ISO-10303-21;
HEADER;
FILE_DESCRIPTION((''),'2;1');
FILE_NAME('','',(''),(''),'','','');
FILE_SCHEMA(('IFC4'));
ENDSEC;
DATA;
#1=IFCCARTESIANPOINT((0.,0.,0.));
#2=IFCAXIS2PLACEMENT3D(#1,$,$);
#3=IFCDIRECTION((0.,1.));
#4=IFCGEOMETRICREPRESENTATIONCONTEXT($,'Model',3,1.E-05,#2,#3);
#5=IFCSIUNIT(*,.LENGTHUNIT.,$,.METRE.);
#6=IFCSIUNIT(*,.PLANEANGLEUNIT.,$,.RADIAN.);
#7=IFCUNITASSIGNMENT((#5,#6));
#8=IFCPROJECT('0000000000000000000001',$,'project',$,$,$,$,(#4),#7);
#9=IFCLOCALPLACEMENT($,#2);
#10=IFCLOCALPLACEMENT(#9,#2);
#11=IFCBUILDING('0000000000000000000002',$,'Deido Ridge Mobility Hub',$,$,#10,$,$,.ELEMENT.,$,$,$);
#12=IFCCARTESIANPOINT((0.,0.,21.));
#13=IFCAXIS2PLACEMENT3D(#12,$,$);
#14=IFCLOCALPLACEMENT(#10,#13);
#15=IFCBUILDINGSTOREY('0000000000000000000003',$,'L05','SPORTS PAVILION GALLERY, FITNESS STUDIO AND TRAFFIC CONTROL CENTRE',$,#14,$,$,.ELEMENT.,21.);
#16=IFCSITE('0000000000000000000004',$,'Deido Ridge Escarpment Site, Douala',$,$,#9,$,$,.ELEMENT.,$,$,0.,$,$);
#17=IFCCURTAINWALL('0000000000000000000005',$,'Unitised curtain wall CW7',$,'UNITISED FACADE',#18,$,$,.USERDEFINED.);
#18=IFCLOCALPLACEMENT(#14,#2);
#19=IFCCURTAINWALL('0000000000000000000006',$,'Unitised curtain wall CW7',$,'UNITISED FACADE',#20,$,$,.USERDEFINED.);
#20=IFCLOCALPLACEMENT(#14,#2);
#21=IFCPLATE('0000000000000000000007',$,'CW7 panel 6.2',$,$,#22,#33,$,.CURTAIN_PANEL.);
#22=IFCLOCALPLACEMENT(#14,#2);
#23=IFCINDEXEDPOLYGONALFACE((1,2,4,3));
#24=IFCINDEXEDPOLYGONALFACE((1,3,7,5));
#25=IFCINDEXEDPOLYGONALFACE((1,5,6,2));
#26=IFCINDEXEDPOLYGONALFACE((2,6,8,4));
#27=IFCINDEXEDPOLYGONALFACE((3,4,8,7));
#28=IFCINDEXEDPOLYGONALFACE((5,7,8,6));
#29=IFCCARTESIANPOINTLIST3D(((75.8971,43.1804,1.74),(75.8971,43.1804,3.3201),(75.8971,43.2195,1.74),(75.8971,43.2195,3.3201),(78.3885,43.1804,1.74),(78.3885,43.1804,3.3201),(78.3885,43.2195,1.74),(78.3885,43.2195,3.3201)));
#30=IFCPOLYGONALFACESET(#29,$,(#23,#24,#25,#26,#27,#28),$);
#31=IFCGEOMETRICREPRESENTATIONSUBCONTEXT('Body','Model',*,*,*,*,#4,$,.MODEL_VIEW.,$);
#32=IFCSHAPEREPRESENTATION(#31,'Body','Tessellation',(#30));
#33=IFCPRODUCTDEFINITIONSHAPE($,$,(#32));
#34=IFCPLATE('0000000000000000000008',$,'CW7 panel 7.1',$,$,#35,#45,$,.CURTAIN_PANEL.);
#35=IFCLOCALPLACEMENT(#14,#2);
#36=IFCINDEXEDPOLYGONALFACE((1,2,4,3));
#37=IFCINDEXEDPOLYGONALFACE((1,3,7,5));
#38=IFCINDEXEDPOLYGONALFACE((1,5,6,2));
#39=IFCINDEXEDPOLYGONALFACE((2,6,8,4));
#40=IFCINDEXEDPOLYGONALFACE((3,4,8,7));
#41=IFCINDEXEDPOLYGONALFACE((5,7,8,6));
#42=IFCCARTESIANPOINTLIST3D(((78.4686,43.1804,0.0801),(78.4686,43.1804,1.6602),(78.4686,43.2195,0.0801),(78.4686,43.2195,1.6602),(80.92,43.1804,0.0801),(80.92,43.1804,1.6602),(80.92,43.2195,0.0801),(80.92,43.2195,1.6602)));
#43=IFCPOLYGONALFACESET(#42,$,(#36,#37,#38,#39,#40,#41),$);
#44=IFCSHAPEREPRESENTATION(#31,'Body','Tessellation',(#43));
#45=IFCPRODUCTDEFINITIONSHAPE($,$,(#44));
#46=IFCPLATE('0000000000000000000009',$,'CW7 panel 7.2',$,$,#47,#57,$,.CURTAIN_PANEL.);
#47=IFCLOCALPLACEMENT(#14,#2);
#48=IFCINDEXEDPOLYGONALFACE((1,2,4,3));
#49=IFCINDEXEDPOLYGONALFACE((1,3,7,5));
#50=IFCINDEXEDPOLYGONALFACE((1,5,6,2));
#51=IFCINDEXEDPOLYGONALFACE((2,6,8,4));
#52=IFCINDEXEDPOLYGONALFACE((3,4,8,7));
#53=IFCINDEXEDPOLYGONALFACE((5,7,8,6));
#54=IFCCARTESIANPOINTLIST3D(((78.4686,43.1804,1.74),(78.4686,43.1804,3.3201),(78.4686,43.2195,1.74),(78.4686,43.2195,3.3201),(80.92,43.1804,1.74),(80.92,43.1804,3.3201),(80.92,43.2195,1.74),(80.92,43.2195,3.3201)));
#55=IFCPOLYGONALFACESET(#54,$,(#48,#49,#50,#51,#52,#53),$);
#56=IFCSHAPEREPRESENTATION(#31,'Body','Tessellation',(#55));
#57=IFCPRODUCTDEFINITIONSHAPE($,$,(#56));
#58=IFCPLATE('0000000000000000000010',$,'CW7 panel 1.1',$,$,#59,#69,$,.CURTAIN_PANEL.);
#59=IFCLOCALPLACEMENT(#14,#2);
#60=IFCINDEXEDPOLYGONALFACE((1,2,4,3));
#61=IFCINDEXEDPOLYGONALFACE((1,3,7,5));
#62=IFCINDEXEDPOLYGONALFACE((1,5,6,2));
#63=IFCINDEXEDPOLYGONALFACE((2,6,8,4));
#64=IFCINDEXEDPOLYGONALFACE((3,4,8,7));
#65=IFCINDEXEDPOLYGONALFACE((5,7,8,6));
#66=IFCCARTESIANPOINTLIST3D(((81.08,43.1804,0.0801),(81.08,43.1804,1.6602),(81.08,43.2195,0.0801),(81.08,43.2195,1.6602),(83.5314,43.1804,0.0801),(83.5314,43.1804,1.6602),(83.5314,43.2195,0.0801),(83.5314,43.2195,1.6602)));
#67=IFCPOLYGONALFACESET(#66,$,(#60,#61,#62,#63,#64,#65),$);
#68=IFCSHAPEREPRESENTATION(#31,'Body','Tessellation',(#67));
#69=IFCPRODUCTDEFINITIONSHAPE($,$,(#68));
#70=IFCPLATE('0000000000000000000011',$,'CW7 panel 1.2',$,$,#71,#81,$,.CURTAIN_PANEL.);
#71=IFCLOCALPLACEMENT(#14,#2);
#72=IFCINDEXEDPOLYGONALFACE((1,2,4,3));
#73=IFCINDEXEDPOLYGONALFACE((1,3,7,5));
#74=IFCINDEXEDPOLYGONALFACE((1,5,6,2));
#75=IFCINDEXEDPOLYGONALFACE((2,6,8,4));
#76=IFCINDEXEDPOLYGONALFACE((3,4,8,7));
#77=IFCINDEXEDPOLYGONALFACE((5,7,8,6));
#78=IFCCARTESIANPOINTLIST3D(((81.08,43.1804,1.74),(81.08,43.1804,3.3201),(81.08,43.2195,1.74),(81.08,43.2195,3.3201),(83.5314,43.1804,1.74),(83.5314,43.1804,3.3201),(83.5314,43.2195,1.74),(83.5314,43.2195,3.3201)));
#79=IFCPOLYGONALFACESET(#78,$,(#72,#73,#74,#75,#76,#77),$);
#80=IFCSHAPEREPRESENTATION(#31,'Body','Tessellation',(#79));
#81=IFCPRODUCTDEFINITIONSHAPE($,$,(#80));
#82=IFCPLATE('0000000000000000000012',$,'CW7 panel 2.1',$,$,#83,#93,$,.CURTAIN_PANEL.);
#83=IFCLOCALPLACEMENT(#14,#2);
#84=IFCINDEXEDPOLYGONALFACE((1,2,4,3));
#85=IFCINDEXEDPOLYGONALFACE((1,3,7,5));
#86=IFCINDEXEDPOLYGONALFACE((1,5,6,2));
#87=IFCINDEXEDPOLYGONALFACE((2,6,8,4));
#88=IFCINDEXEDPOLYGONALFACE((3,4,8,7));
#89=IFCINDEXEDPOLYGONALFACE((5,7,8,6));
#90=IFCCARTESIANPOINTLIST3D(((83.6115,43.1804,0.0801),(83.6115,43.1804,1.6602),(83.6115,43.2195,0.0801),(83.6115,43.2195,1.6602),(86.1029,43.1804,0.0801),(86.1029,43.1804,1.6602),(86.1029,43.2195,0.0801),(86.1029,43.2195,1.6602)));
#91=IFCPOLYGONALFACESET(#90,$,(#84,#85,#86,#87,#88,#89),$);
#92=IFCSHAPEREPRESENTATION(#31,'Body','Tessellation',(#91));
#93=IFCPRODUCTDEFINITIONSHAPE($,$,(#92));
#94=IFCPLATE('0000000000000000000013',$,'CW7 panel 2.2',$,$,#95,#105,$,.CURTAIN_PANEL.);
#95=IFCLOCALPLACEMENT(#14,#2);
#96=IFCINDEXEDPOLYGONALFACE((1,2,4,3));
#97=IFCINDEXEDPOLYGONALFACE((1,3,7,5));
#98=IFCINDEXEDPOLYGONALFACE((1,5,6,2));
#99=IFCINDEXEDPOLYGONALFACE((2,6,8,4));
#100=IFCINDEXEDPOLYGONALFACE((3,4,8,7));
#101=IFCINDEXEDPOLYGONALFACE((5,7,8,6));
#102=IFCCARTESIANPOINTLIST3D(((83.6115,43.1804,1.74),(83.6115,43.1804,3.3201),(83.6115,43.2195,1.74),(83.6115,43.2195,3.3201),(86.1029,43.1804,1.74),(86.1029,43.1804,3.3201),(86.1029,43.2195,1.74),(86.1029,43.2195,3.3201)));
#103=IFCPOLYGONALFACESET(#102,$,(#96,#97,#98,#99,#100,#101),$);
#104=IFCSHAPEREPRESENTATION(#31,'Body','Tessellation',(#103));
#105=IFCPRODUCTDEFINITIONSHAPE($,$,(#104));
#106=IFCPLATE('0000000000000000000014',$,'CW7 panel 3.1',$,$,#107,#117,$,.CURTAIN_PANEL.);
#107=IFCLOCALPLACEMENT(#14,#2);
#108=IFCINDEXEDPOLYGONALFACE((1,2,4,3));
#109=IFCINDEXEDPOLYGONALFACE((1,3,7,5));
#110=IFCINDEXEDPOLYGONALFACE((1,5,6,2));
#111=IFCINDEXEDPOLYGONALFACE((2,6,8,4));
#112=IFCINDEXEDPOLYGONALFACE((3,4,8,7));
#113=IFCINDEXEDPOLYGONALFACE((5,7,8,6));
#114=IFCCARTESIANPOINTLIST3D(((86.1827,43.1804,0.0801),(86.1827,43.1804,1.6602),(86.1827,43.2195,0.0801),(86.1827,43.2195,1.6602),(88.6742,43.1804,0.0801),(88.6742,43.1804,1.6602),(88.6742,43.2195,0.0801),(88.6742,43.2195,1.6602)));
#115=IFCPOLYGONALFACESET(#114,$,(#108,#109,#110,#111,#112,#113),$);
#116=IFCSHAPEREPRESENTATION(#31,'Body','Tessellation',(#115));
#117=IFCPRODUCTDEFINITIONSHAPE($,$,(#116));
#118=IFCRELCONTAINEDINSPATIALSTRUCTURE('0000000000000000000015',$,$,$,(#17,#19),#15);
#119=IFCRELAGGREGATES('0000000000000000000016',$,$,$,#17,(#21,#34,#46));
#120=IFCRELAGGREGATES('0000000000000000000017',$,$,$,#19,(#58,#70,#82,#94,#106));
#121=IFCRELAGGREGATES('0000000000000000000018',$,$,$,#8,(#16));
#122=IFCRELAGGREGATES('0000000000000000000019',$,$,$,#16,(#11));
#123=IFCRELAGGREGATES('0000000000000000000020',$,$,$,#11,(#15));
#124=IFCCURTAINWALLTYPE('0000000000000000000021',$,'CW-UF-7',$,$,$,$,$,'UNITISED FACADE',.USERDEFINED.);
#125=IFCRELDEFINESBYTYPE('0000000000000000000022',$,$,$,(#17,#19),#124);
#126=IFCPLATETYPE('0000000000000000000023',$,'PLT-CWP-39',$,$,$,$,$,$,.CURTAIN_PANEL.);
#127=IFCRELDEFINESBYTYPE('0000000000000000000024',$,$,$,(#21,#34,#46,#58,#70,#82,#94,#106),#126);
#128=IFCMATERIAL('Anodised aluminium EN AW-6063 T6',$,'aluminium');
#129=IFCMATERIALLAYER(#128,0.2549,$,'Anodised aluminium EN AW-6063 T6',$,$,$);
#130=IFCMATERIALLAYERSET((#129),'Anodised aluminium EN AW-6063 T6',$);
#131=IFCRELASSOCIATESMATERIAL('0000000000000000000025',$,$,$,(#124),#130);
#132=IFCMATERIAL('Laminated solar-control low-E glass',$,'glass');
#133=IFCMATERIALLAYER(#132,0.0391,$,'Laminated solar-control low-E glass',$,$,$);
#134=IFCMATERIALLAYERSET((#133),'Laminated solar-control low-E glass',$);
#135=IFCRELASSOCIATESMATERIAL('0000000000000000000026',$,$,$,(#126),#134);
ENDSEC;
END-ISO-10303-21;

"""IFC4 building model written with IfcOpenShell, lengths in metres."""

from ifc_helpers import new_model, si_unit, direction, frame, origin, origin_2d, place, context, subcontext, project, spatial, rectangle, extrude, material, layer, layer_set, type_object, element, aggregate, save


model = new_model("IFC4")

# Units and contexts
model_context = context("Model", 3, precision=1e-05, world=origin(), true_north=direction((0.0, 1.0)))
body_context = subcontext(model_context, "Body", "Model", "MODEL_VIEW")
ifc_project = project(units=[si_unit("LENGTHUNIT", "METRE"), si_unit("PLANEANGLEUNIT", "RADIAN")], contexts=[model_context])

# Site, building, storey
site_placement = place(None, origin())
site = spatial("IfcSite", under=ifc_project, at=site_placement, Name="Deido Ridge Escarpment Site, Douala", CompositionType="ELEMENT", RefElevation=0.0)
building_placement = place(site_placement, origin())
building = spatial("IfcBuilding", under=site, at=building_placement, Name="Deido Ridge Mobility Hub", CompositionType="ELEMENT")
storey_placement = place(building_placement, frame((0.0, 0.0, 21.0)))
storey = spatial("IfcBuildingStorey", under=building, at=storey_placement, Name="L05", Description="SPORTS PAVILION GALLERY, FITNESS STUDIO AND TRAFFIC CONTROL CENTRE", CompositionType="ELEMENT", Elevation=21.0)

# Curtain walls
ifc_material_1 = material(Name="Anodised aluminium EN AW-6063 T6", Category="aluminium")
ifc_layer_1 = layer(ifc_material_1, 0.2549, Name="Anodised aluminium EN AW-6063 T6")
ifc_layer_set_1 = layer_set([ifc_layer_1], Name="Anodised aluminium EN AW-6063 T6")
curtain_wall_type = type_object("IfcCurtainWallType", Name="CW-UF-7", ElementType="UNITISED FACADE", PredefinedType="USERDEFINED", material=ifc_layer_set_1)
curtain_wall_1_placement = place(storey_placement, origin())
curtain_wall_1 = element("IfcCurtainWall", 1, at=curtain_wall_1_placement, inside=storey, type_object=curtain_wall_type, Name="Unitised curtain wall CW7", ObjectType="UNITISED FACADE", PredefinedType="USERDEFINED")
curtain_wall_2_placement = place(storey_placement, origin())
curtain_wall_2 = element("IfcCurtainWall", 2, at=curtain_wall_2_placement, inside=storey, type_object=curtain_wall_type, Name="Unitised curtain wall CW7", ObjectType="UNITISED FACADE", PredefinedType="USERDEFINED")

# Plates
ifc_material_2 = material(Name="Laminated solar-control low-E glass", Category="glass")
ifc_layer_2 = layer(ifc_material_2, 0.0391, Name="Laminated solar-control low-E glass")
ifc_layer_set_2 = layer_set([ifc_layer_2], Name="Laminated solar-control low-E glass")
plate_type = type_object("IfcPlateType", Name="PLT-CWP-39", PredefinedType="CURTAIN_PANEL", material=ifc_layer_set_2)
plate_1_placement = place(storey_placement, frame((77.1428, 43.2, 1.74), z_axis=(0.0, 0.0, 1.0), x_axis=(1.0, 0.0, 0.0)))
plate_1 = element("IfcPlate", 3, at=plate_1_placement, type_object=plate_type, Name="CW7 panel 6.2", PredefinedType="CURTAIN_PANEL", context=body_context, shape_type="SweptSolid", body=[
    extrude(rectangle(XDim=2.4915, YDim=0.0391, at=origin_2d()), origin(), (0.0, 0.0, 1.0), 1.5801),
])
plate_2_placement = place(storey_placement, frame((79.6943, 43.2, 0.0801), z_axis=(0.0, 0.0, 1.0), x_axis=(1.0, 0.0, 0.0)))
plate_2 = element("IfcPlate", 4, at=plate_2_placement, type_object=plate_type, Name="CW7 panel 7.1", PredefinedType="CURTAIN_PANEL", context=body_context, shape_type="SweptSolid", body=[
    extrude(rectangle(XDim=2.4514, YDim=0.0391, at=origin_2d()), origin(), (0.0, 0.0, 1.0), 1.5801),
])
plate_3_placement = place(storey_placement, frame((79.6943, 43.2, 1.74), z_axis=(0.0, 0.0, 1.0), x_axis=(1.0, 0.0, 0.0)))
plate_3 = element("IfcPlate", 5, at=plate_3_placement, type_object=plate_type, Name="CW7 panel 7.2", PredefinedType="CURTAIN_PANEL", context=body_context, shape_type="SweptSolid", body=[
    extrude(rectangle(XDim=2.4514, YDim=0.0391, at=origin_2d()), origin(), (0.0, 0.0, 1.0), 1.5801),
])
aggregate(curtain_wall_1, [plate_1, plate_2, plate_3])
plate_4_placement = place(storey_placement, frame((82.3057, 43.2, 0.0801), z_axis=(0.0, 0.0, 1.0), x_axis=(1.0, 0.0, 0.0)))
plate_4 = element("IfcPlate", 6, at=plate_4_placement, type_object=plate_type, Name="CW7 panel 1.1", PredefinedType="CURTAIN_PANEL", context=body_context, shape_type="SweptSolid", body=[
    extrude(rectangle(XDim=2.4514, YDim=0.0391, at=origin_2d()), origin(), (0.0, 0.0, 1.0), 1.5801),
])
plate_5_placement = place(storey_placement, frame((82.3057, 43.2, 1.74), z_axis=(0.0, 0.0, 1.0), x_axis=(1.0, 0.0, 0.0)))
plate_5 = element("IfcPlate", 7, at=plate_5_placement, type_object=plate_type, Name="CW7 panel 1.2", PredefinedType="CURTAIN_PANEL", context=body_context, shape_type="SweptSolid", body=[
    extrude(rectangle(XDim=2.4514, YDim=0.0391, at=origin_2d()), origin(), (0.0, 0.0, 1.0), 1.5801),
])
plate_6_placement = place(storey_placement, frame((84.8572, 43.2, 0.0801), z_axis=(0.0, 0.0, 1.0), x_axis=(1.0, 0.0, 0.0)))
plate_6 = element("IfcPlate", 8, at=plate_6_placement, type_object=plate_type, Name="CW7 panel 2.1", PredefinedType="CURTAIN_PANEL", context=body_context, shape_type="SweptSolid", body=[
    extrude(rectangle(XDim=2.4915, YDim=0.0391, at=origin_2d()), origin(), (0.0, 0.0, 1.0), 1.5801),
])
plate_7_placement = place(storey_placement, frame((84.8572, 43.2, 1.74), z_axis=(0.0, 0.0, 1.0), x_axis=(1.0, 0.0, 0.0)))
plate_7 = element("IfcPlate", 9, at=plate_7_placement, type_object=plate_type, Name="CW7 panel 2.2", PredefinedType="CURTAIN_PANEL", context=body_context, shape_type="SweptSolid", body=[
    extrude(rectangle(XDim=2.4915, YDim=0.0391, at=origin_2d()), origin(), (0.0, 0.0, 1.0), 1.5801),
])
plate_8_placement = place(storey_placement, frame((87.4285, 43.2, 0.0801), z_axis=(0.0, 0.0, 1.0), x_axis=(1.0, 0.0, 0.0)))
plate_8 = element("IfcPlate", 10, at=plate_8_placement, type_object=plate_type, Name="CW7 panel 3.1", PredefinedType="CURTAIN_PANEL", context=body_context, shape_type="SweptSolid", body=[
    extrude(rectangle(XDim=2.4915, YDim=0.0391, at=origin_2d()), origin(), (0.0, 0.0, 1.0), 1.5801),
])
aggregate(curtain_wall_2, [plate_4, plate_5, plate_6, plate_7, plate_8])

save(model, "model.ifc")
